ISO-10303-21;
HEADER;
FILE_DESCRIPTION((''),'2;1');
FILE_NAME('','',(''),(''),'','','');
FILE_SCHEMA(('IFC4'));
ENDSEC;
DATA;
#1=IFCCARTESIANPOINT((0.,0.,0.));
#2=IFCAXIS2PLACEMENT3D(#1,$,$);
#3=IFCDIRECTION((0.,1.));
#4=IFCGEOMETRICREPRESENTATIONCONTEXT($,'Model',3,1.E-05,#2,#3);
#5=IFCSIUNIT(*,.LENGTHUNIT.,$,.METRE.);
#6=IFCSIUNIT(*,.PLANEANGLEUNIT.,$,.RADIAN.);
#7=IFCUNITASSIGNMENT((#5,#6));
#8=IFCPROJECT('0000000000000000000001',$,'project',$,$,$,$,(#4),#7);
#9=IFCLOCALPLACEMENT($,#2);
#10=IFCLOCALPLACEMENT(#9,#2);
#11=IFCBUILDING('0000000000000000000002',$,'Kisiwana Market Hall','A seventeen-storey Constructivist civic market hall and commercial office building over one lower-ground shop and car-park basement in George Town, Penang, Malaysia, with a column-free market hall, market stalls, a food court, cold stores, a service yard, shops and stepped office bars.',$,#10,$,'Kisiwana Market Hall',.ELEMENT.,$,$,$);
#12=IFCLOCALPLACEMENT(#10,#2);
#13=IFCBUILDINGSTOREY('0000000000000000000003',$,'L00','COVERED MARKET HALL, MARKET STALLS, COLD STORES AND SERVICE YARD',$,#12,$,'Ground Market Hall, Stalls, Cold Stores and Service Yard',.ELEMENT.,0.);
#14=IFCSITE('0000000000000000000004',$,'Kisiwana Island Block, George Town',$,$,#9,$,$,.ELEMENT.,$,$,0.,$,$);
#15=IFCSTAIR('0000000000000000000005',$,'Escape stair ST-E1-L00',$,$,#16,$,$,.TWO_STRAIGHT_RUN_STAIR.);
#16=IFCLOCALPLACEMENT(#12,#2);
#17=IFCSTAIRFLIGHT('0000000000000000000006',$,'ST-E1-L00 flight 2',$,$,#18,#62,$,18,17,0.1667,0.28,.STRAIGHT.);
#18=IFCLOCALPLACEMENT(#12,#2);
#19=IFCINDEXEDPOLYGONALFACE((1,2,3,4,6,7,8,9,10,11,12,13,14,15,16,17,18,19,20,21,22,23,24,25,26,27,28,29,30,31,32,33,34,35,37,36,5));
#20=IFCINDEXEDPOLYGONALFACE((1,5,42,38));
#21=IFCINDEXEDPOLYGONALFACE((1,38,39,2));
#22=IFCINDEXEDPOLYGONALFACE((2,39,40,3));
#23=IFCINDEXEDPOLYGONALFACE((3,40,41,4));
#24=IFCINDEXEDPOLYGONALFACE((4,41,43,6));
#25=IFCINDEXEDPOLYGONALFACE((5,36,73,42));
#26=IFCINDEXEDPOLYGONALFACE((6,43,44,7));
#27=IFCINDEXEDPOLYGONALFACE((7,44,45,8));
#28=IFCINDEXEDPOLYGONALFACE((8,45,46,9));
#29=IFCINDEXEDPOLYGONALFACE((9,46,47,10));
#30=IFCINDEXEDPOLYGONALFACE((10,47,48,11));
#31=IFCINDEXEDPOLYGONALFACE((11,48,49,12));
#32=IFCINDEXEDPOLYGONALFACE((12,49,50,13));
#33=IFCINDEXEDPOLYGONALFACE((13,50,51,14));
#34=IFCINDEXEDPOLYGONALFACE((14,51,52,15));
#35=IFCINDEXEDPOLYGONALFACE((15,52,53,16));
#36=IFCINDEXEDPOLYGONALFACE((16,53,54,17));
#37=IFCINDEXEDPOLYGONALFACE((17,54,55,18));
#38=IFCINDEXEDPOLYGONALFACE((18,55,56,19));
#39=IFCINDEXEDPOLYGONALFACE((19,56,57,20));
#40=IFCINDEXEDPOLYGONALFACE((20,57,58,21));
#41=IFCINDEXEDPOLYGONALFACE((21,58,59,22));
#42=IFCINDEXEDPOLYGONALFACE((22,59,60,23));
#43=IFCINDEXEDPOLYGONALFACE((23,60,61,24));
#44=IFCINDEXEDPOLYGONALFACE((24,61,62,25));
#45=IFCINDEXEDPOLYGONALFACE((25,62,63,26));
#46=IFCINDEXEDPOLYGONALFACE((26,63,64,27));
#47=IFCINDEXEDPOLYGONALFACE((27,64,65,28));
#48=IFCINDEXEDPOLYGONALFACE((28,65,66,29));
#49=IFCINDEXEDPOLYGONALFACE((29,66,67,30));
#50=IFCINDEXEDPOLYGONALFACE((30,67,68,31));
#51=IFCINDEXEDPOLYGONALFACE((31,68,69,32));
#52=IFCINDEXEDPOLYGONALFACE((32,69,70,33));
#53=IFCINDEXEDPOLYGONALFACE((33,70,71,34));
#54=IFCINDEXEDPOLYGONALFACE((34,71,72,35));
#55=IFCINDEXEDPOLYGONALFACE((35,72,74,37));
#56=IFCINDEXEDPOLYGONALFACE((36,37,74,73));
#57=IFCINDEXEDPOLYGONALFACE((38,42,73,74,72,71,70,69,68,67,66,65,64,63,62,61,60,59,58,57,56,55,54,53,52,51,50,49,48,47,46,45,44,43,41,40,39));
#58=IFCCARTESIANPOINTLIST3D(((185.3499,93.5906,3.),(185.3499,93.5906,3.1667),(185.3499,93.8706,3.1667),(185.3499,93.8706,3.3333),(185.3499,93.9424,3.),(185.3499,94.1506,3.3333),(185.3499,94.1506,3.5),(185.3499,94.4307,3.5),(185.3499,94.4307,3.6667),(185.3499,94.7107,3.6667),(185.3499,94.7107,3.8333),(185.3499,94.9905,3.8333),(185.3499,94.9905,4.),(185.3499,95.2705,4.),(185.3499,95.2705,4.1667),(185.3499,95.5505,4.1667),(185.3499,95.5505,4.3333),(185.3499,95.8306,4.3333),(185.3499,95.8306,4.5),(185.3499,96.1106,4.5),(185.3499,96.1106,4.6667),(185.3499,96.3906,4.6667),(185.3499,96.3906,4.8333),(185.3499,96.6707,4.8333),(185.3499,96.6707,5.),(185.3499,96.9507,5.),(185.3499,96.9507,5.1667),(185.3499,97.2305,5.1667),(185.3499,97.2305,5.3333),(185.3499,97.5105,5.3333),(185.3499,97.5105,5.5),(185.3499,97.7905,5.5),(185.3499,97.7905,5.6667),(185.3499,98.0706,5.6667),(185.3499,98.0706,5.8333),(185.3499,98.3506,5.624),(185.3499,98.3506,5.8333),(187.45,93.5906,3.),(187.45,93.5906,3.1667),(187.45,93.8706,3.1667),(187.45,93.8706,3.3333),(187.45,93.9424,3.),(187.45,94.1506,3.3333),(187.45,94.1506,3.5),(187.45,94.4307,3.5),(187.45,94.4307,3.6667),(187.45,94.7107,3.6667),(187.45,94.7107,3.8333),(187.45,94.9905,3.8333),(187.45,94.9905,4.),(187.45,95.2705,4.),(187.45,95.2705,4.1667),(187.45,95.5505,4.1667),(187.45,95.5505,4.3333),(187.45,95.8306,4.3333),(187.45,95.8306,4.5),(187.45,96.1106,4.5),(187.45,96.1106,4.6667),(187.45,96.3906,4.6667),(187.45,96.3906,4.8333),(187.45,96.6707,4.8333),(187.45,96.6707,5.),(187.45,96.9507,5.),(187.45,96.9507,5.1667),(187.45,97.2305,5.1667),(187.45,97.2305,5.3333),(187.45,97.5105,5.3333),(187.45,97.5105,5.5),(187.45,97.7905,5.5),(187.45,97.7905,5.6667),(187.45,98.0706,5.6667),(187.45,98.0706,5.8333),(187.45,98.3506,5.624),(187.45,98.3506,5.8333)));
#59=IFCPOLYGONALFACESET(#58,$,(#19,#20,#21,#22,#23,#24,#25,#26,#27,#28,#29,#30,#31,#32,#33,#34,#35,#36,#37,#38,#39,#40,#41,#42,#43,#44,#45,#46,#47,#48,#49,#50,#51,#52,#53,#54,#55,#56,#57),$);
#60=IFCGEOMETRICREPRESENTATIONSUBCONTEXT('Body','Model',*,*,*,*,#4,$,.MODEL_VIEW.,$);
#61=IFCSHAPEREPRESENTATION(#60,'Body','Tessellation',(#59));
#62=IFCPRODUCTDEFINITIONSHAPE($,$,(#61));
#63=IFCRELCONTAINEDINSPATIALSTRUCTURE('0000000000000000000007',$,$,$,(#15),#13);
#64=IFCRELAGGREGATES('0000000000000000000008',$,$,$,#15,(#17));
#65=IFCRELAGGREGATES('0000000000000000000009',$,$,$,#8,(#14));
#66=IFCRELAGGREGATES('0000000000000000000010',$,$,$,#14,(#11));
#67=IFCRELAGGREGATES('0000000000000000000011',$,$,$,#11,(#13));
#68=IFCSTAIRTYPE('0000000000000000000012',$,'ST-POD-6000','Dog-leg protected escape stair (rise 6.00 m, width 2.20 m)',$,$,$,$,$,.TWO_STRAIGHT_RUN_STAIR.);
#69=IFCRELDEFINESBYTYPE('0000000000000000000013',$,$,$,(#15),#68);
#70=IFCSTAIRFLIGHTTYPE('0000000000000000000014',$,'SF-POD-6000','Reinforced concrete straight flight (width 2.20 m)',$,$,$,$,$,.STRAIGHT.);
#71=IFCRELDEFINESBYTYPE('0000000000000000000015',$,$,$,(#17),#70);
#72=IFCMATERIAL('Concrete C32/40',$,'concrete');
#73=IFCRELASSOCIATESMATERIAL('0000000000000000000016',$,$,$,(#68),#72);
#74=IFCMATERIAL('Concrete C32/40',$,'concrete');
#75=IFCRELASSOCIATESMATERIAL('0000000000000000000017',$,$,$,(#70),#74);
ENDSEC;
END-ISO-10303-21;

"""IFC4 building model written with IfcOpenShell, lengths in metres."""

from ifc_helpers import new_model, si_unit, direction, frame, origin, place, context, subcontext, project, spatial, polyline, outline, extrude, material, type_object, element, aggregate, save


model = new_model("IFC4")

# Units and contexts
model_context = context("Model", 3, precision=1e-05, world=origin(), true_north=direction((0.0, 1.0)))
body_context = subcontext(model_context, "Body", "Model", "MODEL_VIEW")
ifc_project = project(units=[si_unit("LENGTHUNIT", "METRE"), si_unit("PLANEANGLEUNIT", "RADIAN")], contexts=[model_context])

# Site, building, storey
site_placement = place(None, origin())
site = spatial("IfcSite", under=ifc_project, at=site_placement, Name="Kisiwana Island Block, George Town", CompositionType="ELEMENT", RefElevation=0.0)
building_placement = place(site_placement, origin())
building = spatial("IfcBuilding", under=site, at=building_placement, Name="Kisiwana Market Hall", Description="A seventeen-storey Constructivist civic market hall and commercial office building over one lower-ground shop and car-park basement in George Town, Penang, Malaysia, with a column-free market hall, market stalls, a food court, cold stores, a service yard, shops and stepped office bars.", LongName="Kisiwana Market Hall", CompositionType="ELEMENT")
storey_placement = place(building_placement, origin())
storey = spatial("IfcBuildingStorey", under=building, at=storey_placement, Name="L00", Description="COVERED MARKET HALL, MARKET STALLS, COLD STORES AND SERVICE YARD", LongName="Ground Market Hall, Stalls, Cold Stores and Service Yard", CompositionType="ELEMENT", Elevation=0.0)

# Stair, stair flight
ifc_material_1 = material(Name="Concrete C32/40", Category="concrete")
stair_type = type_object("IfcStairType", Name="ST-POD-6000", Description="Dog-leg protected escape stair (rise 6.00 m, width 2.20 m)", PredefinedType="TWO_STRAIGHT_RUN_STAIR", material=ifc_material_1)
stair_placement = place(storey_placement, origin())
stair = element("IfcStair", 1, at=stair_placement, inside=storey, type_object=stair_type, Name="Escape stair ST-E1-L00", PredefinedType="TWO_STRAIGHT_RUN_STAIR")
ifc_material_2 = material(Name="Concrete C32/40", Category="concrete")
stair_flight_type = type_object("IfcStairFlightType", Name="SF-POD-6000", Description="Reinforced concrete straight flight (width 2.20 m)", PredefinedType="STRAIGHT", material=ifc_material_2)
stair_flight_1_placement = place(storey_placement, frame((186.3999, 93.5906, 3.0), z_axis=(0.0, 0.0, 1.0), x_axis=(0.0, 1.0, 0.0)))
stair_flight_1 = element("IfcStairFlight", 2, at=stair_flight_1_placement, type_object=stair_flight_type, Name="ST-E1-L00 flight 2", NumberOfRisers=18, NumberOfTreads=17, PredefinedType="STRAIGHT", RiserHeight=0.1667, TreadLength=0.28, context=body_context, shape_type="SweptSolid", body=[
    extrude(outline(polyline([(0.0, 0.0), (0.0, 0.1667), (0.28, 0.1667), (0.28, 0.3333), (0.5601, 0.3333), (0.5601, 0.5), (0.8401, 0.5), (0.8401, 0.6667), (1.1201, 0.6667), (1.1201, 0.8333), (1.3999, 0.8333), (1.3999, 1.0), (1.6799, 1.0), (1.6799, 1.1667), (1.96, 1.1667), (1.96, 1.3333), (2.24, 1.3333), (2.24, 1.5), (2.52, 1.5), (2.52, 1.6667), (2.8, 1.6667), (2.8, 1.8333), (3.0801, 1.8333), (3.0801, 2.0), (3.3601, 2.0), (3.3601, 2.1667), (3.6399, 2.1667), (3.6399, 2.3333), (3.9199, 2.3333), (3.9199, 2.5), (4.2, 2.5), (4.2, 2.6667), (4.48, 2.6667), (4.48, 2.8333), (4.76, 2.8333), (4.76, 3.0), (4.76, 2.624), (0.3518, 0.0), (0.0, 0.0)])), frame((0.0, 1.05, 0.0), z_axis=(0.0, -1.0, 0.0), x_axis=(1.0, 0.0, 0.0)), (0.0, 0.0, 1.0), 2.1001),
])
aggregate(stair, [stair_flight_1])

save(model, "model.ifc")
